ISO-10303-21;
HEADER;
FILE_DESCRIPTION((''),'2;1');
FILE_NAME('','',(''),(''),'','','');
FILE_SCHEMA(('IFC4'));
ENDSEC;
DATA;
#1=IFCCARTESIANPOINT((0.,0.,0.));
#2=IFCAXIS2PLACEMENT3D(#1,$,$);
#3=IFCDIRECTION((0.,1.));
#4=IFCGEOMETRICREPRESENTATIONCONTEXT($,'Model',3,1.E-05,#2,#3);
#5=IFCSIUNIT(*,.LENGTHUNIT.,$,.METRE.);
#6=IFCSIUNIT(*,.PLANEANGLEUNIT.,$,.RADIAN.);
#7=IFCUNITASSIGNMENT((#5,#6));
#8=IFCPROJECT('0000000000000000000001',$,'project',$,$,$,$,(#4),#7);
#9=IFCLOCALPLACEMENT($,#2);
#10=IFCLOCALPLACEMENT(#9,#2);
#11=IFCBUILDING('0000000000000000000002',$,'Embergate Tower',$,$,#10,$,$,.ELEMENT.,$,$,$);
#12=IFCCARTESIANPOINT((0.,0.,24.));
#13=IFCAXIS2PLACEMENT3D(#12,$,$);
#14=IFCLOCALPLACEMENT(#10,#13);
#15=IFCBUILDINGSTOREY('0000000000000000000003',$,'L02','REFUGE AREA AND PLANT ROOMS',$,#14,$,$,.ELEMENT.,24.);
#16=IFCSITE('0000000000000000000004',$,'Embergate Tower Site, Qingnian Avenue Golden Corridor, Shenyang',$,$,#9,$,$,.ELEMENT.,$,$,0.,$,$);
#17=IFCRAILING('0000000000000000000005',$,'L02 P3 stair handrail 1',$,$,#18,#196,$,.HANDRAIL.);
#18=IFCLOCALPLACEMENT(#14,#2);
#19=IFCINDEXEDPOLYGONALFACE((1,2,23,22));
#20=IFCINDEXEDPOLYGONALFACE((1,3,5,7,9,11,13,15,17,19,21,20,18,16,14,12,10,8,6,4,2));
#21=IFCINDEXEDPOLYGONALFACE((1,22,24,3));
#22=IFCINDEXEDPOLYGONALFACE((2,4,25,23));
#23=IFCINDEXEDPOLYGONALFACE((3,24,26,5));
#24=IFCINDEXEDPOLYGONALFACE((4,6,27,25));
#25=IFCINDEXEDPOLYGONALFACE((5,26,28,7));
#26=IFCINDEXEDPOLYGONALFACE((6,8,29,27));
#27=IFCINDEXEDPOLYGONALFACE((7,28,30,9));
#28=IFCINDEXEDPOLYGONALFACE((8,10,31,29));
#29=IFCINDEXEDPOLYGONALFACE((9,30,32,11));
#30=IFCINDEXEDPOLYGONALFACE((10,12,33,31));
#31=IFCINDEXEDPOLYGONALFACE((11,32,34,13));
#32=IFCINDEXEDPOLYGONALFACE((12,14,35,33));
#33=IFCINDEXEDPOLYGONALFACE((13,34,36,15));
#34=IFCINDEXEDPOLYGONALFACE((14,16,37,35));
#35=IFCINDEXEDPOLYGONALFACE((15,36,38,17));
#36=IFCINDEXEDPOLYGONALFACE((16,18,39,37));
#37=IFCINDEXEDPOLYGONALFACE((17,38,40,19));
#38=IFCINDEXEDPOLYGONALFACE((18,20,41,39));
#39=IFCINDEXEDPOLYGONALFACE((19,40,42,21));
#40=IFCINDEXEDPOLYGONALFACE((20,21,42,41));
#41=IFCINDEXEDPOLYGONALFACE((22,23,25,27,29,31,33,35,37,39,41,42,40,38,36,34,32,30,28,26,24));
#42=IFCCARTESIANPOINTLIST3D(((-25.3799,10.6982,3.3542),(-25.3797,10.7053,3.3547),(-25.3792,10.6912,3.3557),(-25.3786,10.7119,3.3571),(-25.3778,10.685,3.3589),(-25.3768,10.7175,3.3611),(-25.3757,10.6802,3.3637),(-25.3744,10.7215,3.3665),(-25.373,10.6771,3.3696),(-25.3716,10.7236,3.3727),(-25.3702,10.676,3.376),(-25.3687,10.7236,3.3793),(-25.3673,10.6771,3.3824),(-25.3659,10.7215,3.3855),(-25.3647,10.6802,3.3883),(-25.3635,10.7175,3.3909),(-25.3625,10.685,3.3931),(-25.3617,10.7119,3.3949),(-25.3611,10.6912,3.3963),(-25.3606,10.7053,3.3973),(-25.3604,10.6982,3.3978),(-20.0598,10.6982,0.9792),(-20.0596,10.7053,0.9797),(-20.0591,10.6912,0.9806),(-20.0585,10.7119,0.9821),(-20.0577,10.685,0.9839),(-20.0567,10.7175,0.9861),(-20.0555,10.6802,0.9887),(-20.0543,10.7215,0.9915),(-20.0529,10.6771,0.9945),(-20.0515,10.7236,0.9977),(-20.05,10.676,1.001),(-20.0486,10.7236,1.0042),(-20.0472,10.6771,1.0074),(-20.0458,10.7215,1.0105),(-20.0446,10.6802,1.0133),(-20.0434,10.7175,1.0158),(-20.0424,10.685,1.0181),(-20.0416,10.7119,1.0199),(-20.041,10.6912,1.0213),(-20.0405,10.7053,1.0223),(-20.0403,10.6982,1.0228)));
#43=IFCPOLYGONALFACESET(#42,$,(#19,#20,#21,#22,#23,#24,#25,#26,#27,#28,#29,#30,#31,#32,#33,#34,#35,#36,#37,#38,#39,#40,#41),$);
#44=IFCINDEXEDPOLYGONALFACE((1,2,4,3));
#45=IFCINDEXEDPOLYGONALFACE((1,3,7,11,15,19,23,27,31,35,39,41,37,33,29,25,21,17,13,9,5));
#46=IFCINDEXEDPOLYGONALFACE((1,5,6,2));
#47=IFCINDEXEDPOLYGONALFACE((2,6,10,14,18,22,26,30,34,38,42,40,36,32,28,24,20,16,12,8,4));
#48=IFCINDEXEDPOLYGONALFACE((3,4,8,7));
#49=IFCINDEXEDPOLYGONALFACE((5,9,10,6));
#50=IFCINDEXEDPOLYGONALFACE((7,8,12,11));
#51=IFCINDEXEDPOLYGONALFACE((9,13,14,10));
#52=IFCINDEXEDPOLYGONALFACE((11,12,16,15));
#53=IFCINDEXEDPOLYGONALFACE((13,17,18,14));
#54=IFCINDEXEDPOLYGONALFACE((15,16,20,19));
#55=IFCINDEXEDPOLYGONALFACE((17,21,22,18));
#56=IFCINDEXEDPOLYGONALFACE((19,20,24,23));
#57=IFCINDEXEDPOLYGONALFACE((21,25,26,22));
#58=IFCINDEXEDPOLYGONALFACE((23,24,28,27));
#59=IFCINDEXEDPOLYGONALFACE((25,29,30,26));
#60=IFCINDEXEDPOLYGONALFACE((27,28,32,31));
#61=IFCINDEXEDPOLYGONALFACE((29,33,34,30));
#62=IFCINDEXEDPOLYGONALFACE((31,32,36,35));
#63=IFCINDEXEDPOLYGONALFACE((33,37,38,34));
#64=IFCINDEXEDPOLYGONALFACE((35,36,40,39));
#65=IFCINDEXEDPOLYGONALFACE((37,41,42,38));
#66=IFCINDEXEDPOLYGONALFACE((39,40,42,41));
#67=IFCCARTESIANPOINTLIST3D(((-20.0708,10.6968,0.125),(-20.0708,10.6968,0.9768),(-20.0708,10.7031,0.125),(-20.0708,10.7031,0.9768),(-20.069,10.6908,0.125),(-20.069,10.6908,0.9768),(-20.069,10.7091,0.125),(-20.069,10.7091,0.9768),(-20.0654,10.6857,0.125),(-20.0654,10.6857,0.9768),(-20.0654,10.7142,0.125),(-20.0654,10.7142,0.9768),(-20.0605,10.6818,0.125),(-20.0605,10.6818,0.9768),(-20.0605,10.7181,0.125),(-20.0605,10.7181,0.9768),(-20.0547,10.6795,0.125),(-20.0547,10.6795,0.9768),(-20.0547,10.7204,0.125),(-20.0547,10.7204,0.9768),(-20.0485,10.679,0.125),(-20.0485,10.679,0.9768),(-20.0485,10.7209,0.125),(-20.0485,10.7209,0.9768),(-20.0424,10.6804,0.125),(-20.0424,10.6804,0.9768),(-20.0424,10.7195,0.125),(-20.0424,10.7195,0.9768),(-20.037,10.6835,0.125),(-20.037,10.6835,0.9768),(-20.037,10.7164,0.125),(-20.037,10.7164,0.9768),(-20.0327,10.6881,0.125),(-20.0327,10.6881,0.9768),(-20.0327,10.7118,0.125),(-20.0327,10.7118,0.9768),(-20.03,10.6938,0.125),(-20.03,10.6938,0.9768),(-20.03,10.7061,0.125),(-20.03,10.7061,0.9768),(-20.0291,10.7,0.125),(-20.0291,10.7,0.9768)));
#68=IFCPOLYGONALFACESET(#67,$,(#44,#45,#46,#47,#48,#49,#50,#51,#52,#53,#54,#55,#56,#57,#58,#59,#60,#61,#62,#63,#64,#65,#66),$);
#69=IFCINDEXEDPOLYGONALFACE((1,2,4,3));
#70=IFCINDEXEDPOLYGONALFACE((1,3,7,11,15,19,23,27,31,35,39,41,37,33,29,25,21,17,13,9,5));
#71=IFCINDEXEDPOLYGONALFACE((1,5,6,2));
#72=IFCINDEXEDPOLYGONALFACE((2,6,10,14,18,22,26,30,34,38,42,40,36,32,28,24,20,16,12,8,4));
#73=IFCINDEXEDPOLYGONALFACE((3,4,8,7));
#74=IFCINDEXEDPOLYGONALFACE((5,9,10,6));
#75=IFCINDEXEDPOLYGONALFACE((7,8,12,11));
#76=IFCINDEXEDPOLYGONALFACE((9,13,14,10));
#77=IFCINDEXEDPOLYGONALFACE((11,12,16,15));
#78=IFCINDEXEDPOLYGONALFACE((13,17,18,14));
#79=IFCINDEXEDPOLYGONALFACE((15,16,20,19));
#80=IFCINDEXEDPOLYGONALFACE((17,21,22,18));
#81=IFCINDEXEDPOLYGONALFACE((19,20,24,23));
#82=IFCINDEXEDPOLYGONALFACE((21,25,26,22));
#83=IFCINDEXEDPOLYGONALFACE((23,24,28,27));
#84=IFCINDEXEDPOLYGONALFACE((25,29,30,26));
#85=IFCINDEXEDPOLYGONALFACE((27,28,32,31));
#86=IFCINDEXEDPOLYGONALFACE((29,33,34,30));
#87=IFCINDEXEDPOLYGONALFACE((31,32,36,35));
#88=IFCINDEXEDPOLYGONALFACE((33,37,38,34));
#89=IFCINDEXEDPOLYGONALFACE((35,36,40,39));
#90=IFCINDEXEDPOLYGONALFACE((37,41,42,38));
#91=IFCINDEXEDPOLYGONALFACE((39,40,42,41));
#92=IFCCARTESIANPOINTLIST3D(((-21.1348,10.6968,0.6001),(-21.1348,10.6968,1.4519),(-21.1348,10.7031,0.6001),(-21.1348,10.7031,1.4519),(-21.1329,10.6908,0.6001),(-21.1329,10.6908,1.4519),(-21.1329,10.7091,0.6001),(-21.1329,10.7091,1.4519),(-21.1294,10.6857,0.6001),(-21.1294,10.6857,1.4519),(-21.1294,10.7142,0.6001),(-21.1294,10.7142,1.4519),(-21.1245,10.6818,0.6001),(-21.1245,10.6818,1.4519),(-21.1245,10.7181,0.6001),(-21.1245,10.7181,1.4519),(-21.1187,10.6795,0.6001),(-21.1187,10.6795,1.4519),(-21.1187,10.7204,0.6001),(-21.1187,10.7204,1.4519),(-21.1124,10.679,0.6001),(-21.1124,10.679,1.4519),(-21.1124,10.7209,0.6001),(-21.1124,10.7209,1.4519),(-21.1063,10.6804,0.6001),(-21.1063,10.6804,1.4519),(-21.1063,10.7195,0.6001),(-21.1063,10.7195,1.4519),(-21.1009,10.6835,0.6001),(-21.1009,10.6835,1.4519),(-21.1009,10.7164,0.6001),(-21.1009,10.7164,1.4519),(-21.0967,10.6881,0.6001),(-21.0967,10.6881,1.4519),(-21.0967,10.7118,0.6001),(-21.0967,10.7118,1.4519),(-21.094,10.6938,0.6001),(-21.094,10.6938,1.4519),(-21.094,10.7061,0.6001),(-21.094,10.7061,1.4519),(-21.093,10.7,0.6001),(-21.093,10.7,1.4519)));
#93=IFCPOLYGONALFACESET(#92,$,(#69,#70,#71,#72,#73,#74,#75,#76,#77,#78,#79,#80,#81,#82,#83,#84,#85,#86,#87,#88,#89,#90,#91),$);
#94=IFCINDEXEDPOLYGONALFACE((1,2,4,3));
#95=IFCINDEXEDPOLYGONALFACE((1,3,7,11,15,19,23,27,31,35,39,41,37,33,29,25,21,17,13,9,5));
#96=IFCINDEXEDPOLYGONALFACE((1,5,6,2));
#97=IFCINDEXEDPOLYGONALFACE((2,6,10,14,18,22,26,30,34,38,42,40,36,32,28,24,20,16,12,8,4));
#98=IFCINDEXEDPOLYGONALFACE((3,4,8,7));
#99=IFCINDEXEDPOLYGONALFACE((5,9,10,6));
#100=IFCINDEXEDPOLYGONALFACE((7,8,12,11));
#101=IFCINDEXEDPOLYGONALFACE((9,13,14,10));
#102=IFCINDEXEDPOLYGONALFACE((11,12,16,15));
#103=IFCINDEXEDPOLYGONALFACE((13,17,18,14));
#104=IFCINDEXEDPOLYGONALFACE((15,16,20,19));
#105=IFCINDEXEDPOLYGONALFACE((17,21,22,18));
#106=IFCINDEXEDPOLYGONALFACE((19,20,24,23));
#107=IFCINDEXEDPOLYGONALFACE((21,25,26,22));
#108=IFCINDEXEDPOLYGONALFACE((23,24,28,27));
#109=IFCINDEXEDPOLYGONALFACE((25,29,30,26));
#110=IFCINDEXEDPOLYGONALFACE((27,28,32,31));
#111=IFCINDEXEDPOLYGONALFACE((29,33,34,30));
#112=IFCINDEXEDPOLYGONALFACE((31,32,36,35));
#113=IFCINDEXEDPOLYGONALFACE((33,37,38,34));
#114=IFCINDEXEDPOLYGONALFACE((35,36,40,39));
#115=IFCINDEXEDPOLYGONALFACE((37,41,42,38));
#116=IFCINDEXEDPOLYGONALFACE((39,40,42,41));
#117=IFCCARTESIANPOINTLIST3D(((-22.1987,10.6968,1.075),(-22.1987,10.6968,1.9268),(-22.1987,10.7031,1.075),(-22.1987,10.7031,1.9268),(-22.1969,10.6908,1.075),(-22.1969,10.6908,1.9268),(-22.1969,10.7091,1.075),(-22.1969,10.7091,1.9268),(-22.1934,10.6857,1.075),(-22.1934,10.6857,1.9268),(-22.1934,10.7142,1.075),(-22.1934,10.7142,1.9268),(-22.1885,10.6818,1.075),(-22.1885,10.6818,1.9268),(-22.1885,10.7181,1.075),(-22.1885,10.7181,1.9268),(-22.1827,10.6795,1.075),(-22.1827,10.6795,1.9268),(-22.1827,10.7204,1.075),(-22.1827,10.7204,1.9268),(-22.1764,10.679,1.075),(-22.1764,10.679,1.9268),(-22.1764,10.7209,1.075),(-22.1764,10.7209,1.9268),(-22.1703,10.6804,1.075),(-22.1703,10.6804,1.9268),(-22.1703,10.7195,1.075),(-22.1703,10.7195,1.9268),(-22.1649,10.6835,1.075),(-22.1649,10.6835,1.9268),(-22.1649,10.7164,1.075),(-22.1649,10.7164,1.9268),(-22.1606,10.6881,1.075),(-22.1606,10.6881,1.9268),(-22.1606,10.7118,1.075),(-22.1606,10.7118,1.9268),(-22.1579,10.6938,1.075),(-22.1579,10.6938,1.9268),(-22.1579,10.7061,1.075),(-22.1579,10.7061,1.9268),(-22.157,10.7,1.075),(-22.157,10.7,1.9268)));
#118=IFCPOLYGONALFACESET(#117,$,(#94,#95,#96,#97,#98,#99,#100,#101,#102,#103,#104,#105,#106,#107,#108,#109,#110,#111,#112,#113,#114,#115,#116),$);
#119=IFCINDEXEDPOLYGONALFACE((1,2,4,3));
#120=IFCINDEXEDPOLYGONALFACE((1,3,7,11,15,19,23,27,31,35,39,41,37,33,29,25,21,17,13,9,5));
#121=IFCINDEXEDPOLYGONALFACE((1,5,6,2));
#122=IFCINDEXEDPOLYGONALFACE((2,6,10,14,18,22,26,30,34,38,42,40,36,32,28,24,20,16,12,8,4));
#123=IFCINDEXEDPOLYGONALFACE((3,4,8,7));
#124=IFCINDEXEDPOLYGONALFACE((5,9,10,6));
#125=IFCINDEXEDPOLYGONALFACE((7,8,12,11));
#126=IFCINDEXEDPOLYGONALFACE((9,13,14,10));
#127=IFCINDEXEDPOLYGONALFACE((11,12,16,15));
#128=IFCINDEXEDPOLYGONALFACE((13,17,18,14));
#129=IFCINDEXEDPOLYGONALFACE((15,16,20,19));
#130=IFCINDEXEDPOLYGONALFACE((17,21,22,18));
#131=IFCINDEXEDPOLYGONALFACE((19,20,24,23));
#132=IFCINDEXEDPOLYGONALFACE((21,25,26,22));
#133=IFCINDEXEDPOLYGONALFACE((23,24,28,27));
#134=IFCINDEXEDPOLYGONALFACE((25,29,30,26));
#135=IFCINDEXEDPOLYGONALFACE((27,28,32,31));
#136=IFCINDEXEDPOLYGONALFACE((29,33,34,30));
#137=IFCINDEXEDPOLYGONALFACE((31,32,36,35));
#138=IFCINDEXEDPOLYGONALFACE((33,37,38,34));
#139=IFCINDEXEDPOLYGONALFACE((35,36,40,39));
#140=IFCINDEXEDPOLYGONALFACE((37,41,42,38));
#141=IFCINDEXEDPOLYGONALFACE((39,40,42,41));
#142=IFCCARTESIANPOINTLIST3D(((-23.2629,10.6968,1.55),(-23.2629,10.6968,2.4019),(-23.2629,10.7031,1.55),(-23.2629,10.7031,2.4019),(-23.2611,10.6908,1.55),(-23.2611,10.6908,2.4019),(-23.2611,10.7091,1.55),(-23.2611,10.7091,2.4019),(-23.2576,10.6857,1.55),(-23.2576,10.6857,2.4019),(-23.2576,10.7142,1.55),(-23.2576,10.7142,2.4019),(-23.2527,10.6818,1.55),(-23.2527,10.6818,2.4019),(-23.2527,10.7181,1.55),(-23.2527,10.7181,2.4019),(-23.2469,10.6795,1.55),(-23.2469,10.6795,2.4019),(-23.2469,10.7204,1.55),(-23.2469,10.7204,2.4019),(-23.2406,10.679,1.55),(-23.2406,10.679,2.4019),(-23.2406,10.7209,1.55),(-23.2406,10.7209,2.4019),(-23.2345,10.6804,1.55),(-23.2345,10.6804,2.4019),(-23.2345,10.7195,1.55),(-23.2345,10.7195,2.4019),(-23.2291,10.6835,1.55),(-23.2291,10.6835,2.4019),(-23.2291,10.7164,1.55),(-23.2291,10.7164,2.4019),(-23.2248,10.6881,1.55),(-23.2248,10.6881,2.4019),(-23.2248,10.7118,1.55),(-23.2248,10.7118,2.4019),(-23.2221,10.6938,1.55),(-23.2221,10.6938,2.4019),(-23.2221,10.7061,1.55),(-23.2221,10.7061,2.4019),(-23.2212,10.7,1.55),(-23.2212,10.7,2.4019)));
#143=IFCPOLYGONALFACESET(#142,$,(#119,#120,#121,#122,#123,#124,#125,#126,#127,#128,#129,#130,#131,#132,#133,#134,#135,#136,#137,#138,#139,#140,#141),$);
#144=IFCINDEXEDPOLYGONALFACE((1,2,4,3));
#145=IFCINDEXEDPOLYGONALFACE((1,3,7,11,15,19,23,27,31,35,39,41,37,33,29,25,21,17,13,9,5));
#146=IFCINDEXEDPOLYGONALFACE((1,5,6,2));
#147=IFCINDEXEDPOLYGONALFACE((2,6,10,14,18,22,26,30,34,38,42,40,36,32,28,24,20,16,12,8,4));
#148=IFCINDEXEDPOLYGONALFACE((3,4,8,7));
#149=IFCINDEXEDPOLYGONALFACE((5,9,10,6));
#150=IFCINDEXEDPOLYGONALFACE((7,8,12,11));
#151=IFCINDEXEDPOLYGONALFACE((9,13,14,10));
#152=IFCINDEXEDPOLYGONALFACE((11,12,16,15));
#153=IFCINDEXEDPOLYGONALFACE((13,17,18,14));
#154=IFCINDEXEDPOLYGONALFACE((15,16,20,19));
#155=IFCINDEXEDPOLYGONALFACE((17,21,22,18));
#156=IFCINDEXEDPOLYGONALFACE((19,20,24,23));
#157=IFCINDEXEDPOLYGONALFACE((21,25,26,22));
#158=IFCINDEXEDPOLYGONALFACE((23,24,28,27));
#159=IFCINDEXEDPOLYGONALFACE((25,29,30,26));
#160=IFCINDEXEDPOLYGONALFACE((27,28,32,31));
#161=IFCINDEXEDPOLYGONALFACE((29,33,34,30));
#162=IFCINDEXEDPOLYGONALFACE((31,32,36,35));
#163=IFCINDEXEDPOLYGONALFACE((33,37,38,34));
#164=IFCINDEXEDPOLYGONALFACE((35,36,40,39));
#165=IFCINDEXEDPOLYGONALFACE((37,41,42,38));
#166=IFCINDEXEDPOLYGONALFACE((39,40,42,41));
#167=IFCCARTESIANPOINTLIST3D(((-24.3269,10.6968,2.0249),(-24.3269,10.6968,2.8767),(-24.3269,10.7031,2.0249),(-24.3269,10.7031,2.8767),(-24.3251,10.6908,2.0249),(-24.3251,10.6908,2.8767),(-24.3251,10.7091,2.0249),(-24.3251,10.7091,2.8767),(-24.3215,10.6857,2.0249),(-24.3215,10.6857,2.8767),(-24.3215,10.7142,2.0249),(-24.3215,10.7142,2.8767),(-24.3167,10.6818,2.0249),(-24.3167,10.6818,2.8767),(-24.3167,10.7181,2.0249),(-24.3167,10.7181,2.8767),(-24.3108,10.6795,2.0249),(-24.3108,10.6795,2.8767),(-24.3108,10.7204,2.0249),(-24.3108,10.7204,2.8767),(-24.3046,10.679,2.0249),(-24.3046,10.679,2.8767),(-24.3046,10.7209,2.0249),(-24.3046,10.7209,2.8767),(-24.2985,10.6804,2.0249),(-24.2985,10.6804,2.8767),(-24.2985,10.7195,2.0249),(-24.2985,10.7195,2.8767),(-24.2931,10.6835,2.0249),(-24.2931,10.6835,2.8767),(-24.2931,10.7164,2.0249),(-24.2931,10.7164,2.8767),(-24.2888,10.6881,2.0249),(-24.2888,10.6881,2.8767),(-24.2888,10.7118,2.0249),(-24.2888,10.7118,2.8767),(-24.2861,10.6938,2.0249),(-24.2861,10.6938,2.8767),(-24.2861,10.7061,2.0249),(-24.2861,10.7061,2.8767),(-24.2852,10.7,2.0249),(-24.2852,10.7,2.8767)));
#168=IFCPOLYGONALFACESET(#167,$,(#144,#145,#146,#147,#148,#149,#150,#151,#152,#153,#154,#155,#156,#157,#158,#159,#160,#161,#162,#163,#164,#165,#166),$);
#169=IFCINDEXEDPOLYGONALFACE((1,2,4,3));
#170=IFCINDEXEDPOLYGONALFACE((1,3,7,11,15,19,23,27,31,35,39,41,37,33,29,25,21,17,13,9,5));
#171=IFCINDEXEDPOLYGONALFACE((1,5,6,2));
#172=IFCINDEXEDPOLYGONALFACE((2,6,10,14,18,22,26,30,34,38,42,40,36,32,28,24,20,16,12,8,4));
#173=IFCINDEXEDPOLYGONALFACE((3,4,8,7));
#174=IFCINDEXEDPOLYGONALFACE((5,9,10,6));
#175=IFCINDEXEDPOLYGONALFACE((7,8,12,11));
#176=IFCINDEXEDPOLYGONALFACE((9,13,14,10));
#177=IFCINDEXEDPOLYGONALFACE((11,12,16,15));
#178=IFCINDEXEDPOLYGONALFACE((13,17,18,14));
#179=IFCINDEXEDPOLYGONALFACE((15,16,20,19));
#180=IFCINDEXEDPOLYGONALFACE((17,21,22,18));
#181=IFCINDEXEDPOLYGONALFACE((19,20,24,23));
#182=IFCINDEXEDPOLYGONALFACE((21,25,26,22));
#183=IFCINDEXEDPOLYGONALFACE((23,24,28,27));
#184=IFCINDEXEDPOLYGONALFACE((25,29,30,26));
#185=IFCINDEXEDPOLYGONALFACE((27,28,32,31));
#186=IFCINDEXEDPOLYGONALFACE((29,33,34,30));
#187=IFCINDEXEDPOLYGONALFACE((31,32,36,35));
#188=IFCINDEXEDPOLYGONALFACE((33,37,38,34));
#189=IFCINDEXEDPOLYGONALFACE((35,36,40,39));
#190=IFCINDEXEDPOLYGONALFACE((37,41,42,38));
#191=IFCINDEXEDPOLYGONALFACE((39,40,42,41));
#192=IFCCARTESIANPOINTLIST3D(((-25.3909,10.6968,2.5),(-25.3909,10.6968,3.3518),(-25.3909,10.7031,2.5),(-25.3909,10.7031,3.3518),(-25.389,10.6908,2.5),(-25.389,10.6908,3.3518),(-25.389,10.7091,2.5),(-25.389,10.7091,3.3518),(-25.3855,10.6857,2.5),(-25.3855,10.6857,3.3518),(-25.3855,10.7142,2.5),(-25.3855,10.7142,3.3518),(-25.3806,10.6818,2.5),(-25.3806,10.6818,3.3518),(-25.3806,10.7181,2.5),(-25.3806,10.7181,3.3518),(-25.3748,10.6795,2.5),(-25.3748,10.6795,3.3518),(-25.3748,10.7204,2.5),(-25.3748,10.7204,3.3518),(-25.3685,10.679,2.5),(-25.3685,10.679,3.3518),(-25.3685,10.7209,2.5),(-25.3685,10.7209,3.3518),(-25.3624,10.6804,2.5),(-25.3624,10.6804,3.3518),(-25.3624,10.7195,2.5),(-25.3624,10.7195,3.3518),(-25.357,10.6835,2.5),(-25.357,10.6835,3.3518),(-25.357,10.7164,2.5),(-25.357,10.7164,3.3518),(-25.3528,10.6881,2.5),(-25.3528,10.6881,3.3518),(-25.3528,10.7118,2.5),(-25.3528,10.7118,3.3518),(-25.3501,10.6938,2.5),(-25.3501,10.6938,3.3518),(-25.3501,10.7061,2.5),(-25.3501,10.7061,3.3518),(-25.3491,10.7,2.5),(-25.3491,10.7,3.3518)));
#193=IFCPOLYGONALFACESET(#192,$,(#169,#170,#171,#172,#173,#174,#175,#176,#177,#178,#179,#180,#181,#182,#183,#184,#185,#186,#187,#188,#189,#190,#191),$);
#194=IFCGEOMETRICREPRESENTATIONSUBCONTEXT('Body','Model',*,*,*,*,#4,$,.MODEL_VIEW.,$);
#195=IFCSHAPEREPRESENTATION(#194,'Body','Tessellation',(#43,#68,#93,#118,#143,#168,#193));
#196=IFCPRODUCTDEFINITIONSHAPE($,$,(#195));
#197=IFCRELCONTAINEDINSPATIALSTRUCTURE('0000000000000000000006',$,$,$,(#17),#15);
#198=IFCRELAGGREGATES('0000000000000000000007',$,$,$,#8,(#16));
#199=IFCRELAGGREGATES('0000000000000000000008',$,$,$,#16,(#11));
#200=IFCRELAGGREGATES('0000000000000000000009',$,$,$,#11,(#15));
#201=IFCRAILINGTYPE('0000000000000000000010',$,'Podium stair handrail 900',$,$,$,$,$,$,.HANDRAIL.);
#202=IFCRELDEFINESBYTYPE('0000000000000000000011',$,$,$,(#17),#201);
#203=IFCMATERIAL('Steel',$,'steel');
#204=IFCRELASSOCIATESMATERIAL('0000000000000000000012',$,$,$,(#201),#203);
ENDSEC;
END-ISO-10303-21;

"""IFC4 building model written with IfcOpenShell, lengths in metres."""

from ifc_helpers import new_model, si_unit, direction, frame, origin, origin_2d, place, context, subcontext, project, spatial, circle, extrude, source, transform, mapped, material, type_object, element, save


model = new_model("IFC4")

# Units and contexts
model_context = context("Model", 3, precision=1e-05, world=origin(), true_north=direction((0.0, 1.0)))
body_context = subcontext(model_context, "Body", "Model", "MODEL_VIEW")
ifc_project = project(units=[si_unit("LENGTHUNIT", "METRE"), si_unit("PLANEANGLEUNIT", "RADIAN")], contexts=[model_context])

# Site, building, storey
site_placement = place(None, origin())
site = spatial("IfcSite", under=ifc_project, at=site_placement, Name="Embergate Tower Site, Qingnian Avenue Golden Corridor, Shenyang", CompositionType="ELEMENT", RefElevation=0.0)
building_placement = place(site_placement, origin())
building = spatial("IfcBuilding", under=site, at=building_placement, Name="Embergate Tower", CompositionType="ELEMENT")
storey_placement = place(building_placement, frame((0.0, 0.0, 24.0)))
storey = spatial("IfcBuildingStorey", under=building, at=storey_placement, Name="L02", Description="REFUGE AREA AND PLANT ROOMS", CompositionType="ELEMENT", Elevation=24.0)

# Railing
ifc_material_1 = material(Name="Steel", Category="steel")
railing_type_1 = type_object("IfcRailingType", Name="Podium stair handrail 900", PredefinedType="HANDRAIL", material=ifc_material_1)
shared_shape_1 = source(origin(), body_context, "Body", "SweptSolid", [
    extrude(circle(Radius=0.0239, at=origin_2d()), frame((0.0, 0.0, 0.876), z_axis=(-0.91314, 0.0, 0.407646), x_axis=(0.0, -1.0, 0.0)), (0.0, 0.0, 1.0), 5.8262),
    extrude(circle(Radius=0.021, at=origin_2d()), origin(), (0.0, 0.0, 1.0), 0.8518),
    extrude(circle(Radius=0.021, at=origin_2d()), frame((-1.064, 0.0, 0.4751)), (0.0, 0.0, 1.0), 0.8518),
    extrude(circle(Radius=0.021, at=origin_2d()), frame((-2.1279, 0.0, 0.95)), (0.0, 0.0, 1.0), 0.8518),
    extrude(circle(Radius=0.021, at=origin_2d()), frame((-3.1921, 0.0, 1.425)), (0.0, 0.0, 1.0), 0.8518),
    extrude(circle(Radius=0.021, at=origin_2d()), frame((-4.2561, 0.0, 1.8999)), (0.0, 0.0, 1.0), 0.8518),
    extrude(circle(Radius=0.021, at=origin_2d()), frame((-5.3201, 0.0, 2.375)), (0.0, 0.0, 1.0), 0.8518),
])
railing_1_placement = place(storey_placement, frame((-20.05, 10.7, 0.125)))
element("IfcRailing", 1, at=railing_1_placement, inside=storey, type_object=railing_type_1, Name="L02 P3 stair handrail 1", PredefinedType="HANDRAIL", context=body_context, shape_type="MappedRepresentation", body=[
    mapped(shared_shape_1, transform((0.0, 0.0, 0.0))),
])

save(model, "model.ifc")
